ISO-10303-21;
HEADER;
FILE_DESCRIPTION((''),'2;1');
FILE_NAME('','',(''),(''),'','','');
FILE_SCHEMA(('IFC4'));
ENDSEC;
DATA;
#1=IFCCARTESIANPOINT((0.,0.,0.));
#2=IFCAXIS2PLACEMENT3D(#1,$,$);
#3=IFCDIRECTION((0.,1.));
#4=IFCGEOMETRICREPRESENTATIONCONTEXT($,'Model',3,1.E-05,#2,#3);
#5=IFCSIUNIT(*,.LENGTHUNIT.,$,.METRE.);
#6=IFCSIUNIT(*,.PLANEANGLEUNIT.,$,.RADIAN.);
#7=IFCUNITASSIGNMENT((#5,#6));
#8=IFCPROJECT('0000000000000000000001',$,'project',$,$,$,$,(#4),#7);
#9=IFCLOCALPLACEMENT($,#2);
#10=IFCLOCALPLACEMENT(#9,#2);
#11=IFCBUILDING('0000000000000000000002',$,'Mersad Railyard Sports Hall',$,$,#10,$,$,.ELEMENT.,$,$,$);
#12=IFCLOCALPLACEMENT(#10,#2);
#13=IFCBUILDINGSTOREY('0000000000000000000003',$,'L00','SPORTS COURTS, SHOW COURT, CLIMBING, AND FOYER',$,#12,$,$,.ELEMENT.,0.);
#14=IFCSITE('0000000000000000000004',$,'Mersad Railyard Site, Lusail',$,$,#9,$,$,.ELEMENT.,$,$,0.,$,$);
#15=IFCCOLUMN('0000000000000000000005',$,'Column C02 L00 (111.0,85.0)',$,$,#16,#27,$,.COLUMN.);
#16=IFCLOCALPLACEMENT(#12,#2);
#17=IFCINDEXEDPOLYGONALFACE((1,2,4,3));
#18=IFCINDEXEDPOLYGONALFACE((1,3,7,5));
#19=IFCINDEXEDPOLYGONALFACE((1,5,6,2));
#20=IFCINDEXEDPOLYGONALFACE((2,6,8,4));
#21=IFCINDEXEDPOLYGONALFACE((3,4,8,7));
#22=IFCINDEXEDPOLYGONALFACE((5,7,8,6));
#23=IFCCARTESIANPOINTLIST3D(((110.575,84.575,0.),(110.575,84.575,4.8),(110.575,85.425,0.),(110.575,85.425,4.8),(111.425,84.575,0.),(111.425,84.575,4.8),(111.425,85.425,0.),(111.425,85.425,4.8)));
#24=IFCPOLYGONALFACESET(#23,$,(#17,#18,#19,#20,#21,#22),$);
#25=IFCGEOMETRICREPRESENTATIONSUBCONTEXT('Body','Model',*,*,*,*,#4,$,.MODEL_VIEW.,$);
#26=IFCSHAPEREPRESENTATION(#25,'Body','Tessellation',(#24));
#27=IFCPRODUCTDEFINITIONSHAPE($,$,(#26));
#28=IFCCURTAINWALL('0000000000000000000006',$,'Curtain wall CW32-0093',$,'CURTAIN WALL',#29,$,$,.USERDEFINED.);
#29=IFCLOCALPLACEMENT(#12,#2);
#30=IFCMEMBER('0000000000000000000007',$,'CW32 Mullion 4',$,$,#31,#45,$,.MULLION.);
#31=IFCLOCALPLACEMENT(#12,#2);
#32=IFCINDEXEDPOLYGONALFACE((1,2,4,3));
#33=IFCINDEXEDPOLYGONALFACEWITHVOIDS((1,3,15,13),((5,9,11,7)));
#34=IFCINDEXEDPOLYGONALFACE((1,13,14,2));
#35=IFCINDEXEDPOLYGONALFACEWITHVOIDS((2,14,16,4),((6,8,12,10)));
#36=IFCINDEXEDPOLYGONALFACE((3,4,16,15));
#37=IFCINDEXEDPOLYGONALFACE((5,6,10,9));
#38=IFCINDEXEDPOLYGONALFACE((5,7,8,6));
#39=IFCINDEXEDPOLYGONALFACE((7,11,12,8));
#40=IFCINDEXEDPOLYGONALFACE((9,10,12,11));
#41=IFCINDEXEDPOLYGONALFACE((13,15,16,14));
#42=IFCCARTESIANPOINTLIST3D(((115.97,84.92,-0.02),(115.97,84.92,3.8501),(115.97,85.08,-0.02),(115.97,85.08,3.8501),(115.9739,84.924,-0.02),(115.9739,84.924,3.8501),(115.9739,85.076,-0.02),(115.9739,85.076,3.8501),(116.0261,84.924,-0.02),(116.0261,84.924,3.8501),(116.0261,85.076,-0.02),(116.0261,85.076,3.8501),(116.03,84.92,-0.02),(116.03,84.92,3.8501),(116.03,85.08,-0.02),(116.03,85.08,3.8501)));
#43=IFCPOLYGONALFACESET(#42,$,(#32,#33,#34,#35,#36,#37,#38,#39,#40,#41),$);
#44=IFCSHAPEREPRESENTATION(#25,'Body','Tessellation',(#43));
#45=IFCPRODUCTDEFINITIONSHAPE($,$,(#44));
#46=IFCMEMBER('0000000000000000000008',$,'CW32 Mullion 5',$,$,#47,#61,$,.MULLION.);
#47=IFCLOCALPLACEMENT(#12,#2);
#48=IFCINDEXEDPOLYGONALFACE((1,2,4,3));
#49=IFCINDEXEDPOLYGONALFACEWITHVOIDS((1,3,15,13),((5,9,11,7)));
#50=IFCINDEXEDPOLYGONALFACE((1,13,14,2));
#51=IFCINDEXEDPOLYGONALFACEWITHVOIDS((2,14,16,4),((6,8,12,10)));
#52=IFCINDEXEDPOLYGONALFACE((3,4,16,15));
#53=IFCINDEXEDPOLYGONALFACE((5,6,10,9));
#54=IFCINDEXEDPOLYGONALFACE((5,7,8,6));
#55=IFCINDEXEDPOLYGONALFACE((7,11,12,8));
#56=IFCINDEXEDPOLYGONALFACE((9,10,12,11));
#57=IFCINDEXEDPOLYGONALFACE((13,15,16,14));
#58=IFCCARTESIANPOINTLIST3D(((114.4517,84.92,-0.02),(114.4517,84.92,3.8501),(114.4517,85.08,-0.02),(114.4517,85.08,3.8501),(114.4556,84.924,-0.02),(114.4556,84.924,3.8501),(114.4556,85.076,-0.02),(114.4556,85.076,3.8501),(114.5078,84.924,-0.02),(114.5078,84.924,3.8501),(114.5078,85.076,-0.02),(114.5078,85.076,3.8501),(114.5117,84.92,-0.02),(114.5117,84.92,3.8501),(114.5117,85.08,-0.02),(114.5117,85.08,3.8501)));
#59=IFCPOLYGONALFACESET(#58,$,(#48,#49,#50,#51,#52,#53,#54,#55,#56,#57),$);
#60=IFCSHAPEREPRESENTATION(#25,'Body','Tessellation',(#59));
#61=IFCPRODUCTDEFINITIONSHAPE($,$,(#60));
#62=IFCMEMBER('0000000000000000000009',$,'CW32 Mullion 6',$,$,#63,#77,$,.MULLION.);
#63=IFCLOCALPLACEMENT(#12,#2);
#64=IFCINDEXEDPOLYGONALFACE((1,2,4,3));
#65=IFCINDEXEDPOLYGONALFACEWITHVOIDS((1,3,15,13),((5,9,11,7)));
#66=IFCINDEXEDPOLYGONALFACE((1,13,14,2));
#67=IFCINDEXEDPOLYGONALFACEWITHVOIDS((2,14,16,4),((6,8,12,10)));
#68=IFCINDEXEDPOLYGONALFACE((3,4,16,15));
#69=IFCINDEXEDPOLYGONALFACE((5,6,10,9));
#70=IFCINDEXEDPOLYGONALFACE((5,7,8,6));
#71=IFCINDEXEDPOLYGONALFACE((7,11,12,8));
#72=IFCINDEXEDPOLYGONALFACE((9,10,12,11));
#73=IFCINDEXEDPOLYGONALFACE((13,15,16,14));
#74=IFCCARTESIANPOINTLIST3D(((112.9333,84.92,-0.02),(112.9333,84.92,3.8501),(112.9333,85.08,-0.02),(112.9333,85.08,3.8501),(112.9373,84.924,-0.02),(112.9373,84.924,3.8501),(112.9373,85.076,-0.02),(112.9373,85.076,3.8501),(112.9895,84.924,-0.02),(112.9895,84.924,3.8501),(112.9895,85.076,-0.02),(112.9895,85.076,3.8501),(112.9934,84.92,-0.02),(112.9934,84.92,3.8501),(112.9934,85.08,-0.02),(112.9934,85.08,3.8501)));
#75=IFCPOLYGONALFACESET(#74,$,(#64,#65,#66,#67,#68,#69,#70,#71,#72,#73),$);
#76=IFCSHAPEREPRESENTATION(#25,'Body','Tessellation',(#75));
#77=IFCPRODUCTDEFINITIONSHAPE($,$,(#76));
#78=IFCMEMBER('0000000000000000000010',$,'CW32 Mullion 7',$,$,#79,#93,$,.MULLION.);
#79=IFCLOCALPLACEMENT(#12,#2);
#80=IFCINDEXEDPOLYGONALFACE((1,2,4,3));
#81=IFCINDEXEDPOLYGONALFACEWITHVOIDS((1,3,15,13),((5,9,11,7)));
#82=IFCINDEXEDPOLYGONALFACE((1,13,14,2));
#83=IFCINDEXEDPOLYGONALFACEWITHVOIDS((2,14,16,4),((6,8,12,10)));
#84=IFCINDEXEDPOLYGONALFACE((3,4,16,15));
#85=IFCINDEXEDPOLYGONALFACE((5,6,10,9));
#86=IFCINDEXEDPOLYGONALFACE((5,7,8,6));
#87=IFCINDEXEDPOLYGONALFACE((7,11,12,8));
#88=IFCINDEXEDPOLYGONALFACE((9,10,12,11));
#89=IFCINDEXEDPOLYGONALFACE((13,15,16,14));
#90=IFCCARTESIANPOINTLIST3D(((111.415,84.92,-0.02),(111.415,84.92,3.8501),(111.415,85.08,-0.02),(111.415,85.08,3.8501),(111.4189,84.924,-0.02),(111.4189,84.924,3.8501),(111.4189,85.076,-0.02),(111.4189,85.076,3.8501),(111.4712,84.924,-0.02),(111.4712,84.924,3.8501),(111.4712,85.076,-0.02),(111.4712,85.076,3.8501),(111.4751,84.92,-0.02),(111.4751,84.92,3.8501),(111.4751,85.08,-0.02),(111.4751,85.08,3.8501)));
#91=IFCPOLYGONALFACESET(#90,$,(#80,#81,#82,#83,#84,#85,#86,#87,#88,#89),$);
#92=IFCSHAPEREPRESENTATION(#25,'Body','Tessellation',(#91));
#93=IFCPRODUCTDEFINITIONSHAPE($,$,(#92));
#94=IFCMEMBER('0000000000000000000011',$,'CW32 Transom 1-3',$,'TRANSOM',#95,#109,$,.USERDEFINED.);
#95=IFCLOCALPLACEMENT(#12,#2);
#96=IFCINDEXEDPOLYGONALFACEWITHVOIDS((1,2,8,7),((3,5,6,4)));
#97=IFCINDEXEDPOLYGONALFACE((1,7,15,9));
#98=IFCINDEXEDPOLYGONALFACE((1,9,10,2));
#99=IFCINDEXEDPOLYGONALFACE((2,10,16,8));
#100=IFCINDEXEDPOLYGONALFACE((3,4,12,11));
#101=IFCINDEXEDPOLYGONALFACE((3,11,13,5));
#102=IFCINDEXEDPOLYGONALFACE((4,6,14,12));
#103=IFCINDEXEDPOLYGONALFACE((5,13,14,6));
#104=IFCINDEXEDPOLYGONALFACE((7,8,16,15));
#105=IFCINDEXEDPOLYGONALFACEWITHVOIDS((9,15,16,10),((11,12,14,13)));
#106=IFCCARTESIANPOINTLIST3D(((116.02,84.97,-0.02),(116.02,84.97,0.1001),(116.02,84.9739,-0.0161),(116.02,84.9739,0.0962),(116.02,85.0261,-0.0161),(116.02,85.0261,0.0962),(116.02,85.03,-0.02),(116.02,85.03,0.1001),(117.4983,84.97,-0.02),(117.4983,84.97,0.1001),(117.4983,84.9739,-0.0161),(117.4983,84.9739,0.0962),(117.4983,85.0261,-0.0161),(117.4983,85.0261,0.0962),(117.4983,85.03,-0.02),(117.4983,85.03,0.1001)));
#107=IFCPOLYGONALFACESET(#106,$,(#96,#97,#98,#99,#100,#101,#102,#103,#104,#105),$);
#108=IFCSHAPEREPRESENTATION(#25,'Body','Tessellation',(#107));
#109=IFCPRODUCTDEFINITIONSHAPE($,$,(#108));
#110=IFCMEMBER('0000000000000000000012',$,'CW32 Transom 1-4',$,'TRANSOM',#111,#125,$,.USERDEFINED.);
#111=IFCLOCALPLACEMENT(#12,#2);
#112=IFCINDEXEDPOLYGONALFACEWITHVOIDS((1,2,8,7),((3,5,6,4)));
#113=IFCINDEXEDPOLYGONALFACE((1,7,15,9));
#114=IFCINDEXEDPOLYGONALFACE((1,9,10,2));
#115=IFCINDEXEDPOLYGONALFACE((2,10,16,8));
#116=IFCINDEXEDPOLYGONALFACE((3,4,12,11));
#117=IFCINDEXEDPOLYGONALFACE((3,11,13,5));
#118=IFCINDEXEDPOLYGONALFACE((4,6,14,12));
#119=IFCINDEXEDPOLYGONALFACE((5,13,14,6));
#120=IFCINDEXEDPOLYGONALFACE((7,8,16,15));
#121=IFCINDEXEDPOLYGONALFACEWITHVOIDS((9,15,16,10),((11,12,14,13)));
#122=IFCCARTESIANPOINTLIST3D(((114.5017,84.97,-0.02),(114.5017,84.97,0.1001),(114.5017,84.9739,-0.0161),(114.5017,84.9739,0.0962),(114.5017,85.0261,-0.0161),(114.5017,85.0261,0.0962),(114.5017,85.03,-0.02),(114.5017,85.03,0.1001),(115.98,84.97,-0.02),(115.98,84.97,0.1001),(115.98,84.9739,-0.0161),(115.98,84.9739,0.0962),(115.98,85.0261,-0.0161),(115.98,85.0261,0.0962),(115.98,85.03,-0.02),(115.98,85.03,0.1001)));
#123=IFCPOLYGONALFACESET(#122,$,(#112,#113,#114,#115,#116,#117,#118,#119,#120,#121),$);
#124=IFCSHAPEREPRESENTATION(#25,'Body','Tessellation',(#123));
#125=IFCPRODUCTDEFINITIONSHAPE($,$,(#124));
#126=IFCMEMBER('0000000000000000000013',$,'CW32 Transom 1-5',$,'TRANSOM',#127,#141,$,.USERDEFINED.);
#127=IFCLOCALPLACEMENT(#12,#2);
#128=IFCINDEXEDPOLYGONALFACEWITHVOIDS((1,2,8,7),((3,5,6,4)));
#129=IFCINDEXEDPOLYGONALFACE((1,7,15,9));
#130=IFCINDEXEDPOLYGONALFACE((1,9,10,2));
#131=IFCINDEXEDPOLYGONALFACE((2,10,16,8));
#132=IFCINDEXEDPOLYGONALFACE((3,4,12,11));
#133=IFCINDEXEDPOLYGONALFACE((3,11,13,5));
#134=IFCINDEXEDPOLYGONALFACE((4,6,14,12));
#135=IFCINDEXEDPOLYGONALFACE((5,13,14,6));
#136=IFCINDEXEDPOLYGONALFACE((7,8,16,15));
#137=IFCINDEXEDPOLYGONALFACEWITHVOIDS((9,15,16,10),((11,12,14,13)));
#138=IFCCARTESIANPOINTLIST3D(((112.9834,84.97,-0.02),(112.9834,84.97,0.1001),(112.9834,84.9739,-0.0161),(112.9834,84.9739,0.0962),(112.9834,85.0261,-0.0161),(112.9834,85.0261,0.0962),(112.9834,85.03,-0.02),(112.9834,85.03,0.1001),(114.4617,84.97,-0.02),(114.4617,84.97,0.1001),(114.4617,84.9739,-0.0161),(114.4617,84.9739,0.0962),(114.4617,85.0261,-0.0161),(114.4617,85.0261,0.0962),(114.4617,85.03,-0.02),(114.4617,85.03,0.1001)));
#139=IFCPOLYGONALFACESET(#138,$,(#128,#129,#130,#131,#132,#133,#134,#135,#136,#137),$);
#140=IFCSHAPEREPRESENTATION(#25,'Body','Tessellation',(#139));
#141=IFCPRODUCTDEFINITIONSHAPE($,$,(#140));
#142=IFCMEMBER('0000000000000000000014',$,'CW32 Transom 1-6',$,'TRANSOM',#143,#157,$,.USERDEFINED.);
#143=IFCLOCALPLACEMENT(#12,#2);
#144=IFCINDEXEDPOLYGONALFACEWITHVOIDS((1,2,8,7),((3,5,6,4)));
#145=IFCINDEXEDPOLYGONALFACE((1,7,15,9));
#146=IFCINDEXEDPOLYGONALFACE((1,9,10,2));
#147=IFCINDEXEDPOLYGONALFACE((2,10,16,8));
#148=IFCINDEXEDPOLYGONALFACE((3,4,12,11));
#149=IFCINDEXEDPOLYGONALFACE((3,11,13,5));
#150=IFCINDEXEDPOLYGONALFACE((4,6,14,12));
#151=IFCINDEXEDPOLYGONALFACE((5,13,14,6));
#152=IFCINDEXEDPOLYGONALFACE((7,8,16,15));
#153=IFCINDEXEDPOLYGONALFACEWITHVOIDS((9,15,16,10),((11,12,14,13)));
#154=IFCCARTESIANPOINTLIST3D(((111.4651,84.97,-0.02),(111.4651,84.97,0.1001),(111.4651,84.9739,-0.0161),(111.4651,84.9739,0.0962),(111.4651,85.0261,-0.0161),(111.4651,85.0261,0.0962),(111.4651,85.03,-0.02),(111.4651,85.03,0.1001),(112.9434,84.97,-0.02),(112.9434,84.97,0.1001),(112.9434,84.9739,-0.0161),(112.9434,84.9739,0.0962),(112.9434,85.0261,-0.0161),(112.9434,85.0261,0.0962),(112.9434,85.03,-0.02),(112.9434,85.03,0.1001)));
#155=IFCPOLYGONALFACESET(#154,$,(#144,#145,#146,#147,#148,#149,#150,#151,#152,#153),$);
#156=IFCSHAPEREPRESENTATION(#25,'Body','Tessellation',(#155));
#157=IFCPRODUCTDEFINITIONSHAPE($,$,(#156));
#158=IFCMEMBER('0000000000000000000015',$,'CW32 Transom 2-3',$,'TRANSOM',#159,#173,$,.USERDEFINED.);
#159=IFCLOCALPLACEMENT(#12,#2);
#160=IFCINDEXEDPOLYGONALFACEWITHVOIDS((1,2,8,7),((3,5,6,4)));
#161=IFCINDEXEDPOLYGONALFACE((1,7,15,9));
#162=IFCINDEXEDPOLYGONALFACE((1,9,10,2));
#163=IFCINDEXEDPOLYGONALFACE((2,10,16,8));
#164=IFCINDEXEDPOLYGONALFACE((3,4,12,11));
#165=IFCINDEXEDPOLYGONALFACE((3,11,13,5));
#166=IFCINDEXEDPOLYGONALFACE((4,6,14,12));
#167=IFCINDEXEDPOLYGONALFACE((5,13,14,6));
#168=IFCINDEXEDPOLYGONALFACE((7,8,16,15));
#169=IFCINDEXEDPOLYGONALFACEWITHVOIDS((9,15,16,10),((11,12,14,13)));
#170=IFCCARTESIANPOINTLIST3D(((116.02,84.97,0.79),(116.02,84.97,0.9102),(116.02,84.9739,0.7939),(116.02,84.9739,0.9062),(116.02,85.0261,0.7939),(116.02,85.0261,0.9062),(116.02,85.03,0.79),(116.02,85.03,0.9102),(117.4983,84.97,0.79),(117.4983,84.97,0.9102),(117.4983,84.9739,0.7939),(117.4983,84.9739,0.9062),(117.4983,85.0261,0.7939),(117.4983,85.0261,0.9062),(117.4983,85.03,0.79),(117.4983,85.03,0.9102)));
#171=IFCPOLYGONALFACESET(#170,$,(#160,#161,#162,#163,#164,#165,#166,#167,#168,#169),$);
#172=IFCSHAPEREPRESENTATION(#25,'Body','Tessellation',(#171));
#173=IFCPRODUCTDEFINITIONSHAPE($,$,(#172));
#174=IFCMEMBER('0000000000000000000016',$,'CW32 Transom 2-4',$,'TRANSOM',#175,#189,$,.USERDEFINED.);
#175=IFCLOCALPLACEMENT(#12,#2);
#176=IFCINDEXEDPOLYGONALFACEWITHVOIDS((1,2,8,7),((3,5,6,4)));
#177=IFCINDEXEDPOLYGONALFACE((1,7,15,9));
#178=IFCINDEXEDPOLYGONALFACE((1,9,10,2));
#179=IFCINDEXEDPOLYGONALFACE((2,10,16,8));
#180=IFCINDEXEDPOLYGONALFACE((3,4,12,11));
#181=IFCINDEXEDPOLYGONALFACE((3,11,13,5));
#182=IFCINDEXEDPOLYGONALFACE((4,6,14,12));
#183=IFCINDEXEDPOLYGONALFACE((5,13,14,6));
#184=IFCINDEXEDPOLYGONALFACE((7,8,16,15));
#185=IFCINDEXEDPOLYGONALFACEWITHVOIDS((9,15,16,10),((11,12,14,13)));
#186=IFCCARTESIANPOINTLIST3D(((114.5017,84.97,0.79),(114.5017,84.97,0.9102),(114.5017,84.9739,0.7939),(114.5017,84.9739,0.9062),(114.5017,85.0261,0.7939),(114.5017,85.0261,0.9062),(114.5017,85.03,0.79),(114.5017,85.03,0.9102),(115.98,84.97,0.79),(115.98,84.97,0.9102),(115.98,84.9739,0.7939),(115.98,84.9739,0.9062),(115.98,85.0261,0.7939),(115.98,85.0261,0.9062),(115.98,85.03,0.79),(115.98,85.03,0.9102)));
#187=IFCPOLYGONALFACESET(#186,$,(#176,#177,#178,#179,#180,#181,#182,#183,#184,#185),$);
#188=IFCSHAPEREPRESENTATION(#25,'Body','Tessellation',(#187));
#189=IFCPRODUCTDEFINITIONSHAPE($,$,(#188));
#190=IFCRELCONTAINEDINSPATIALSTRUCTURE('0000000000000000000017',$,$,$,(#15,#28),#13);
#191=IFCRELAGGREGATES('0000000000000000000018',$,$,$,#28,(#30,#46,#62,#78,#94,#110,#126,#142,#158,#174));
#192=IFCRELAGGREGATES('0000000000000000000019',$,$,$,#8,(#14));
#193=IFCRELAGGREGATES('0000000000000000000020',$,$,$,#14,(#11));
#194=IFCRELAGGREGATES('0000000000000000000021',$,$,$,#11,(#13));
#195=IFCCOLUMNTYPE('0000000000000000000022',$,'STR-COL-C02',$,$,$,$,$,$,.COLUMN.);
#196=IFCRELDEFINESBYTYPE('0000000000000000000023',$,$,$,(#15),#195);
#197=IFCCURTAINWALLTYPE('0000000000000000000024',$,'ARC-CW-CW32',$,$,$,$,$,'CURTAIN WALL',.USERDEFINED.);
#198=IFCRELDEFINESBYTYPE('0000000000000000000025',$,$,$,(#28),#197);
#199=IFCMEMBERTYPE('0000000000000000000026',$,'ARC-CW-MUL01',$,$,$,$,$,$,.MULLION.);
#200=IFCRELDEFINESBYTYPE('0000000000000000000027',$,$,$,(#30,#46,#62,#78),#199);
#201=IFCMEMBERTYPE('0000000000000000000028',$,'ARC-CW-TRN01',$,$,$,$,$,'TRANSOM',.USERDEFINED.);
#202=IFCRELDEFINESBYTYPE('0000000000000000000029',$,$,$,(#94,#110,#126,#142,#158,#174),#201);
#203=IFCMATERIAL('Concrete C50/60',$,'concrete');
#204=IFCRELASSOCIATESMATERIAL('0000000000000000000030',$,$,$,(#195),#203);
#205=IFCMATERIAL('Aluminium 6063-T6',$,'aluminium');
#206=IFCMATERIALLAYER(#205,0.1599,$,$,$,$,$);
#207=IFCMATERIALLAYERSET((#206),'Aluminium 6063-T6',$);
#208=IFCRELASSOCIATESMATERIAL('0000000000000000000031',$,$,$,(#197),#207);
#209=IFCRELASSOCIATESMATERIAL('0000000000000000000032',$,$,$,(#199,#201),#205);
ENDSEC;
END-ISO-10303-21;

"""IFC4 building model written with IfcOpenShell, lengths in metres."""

from ifc_helpers import new_model, si_unit, direction, frame, origin, origin_2d, place, context, subcontext, project, spatial, rectangle, hollow_rectangle, extrude, material, layer, layer_set, material_profile, profile_set, type_object, element, aggregate, save


model = new_model("IFC4")

# Units and contexts
model_context = context("Model", 3, precision=1e-05, world=origin(), true_north=direction((0.0, 1.0)))
body_context = subcontext(model_context, "Body", "Model", "MODEL_VIEW")
ifc_project = project(units=[si_unit("LENGTHUNIT", "METRE"), si_unit("PLANEANGLEUNIT", "RADIAN")], contexts=[model_context])

# Site, building, storey
site_placement = place(None, origin())
site = spatial("IfcSite", under=ifc_project, at=site_placement, Name="Mersad Railyard Site, Lusail", CompositionType="ELEMENT", RefElevation=0.0)
building_placement = place(site_placement, origin())
building = spatial("IfcBuilding", under=site, at=building_placement, Name="Mersad Railyard Sports Hall", CompositionType="ELEMENT")
storey_placement = place(building_placement, origin())
storey = spatial("IfcBuildingStorey", under=building, at=storey_placement, Name="L00", Description="SPORTS COURTS, SHOW COURT, CLIMBING, AND FOYER", CompositionType="ELEMENT", Elevation=0.0)

# Column
ifc_material_1 = material(Name="Concrete C50/60", Category="concrete")
ifc_material_profile_1 = material_profile(ifc_material_1, rectangle(XDim=0.8501, YDim=0.8501, at=origin_2d()), Name="RC 850x850")
ifc_profile_set_1 = profile_set([ifc_material_profile_1], Name="Concrete C50/60")
column_type = type_object("IfcColumnType", Name="STR-COL-C02", PredefinedType="COLUMN", material=ifc_profile_set_1)
column_placement = place(storey_placement, frame((111.0, 85.0, 0.0), z_axis=(0.0, 0.0, 1.0), x_axis=(1.0, 0.0, 0.0)))
element("IfcColumn", 1, at=column_placement, inside=storey, type_object=column_type, Name="Column C02 L00 (111.0,85.0)", PredefinedType="COLUMN", context=body_context, shape_type="SweptSolid", body=[
    extrude(rectangle(XDim=0.8501, YDim=0.8501, at=origin_2d()), origin(), (0.0, 0.0, 1.0), 4.8),
])

# Curtain wall, members
ifc_material_2 = material(Name="Aluminium 6063-T6", Category="aluminium")
ifc_layer_1 = layer(ifc_material_2, 0.1599)
ifc_layer_set_1 = layer_set([ifc_layer_1], Name="Aluminium 6063-T6")
curtain_wall_type = type_object("IfcCurtainWallType", Name="ARC-CW-CW32", ElementType="CURTAIN WALL", PredefinedType="USERDEFINED", material=ifc_layer_set_1)
curtain_wall_placement = place(storey_placement, origin())
curtain_wall = element("IfcCurtainWall", 2, at=curtain_wall_placement, inside=storey, type_object=curtain_wall_type, Name="Curtain wall CW32-0093", ObjectType="CURTAIN WALL", PredefinedType="USERDEFINED")
ifc_material_profile_2 = material_profile(ifc_material_2, hollow_rectangle(XDim=0.0601, YDim=0.1599, WallThickness=0.0039, at=origin_2d()), Name="AL MULLION 60x160x4")
ifc_profile_set_2 = profile_set([ifc_material_profile_2], Name="Aluminium 6063-T6")
member_type_1 = type_object("IfcMemberType", Name="ARC-CW-MUL01", PredefinedType="MULLION", material=ifc_profile_set_2)
member_1_placement = place(storey_placement, frame((116.0, 85.0, -0.02), z_axis=(0.0, 0.0, 1.0), x_axis=(1.0, 0.0, 0.0)))
member_1 = element("IfcMember", 3, at=member_1_placement, type_object=member_type_1, Name="CW32 Mullion 4", PredefinedType="MULLION", context=body_context, shape_type="SweptSolid", body=[
    extrude(hollow_rectangle(XDim=0.0601, YDim=0.1599, WallThickness=0.0039, at=origin_2d()), origin(), (0.0, 0.0, 1.0), 3.8701),
])
member_2_placement = place(storey_placement, frame((114.4817, 85.0, -0.02), z_axis=(0.0, 0.0, 1.0), x_axis=(1.0, 0.0, 0.0)))
member_2 = element("IfcMember", 4, at=member_2_placement, type_object=member_type_1, Name="CW32 Mullion 5", PredefinedType="MULLION", context=body_context, shape_type="SweptSolid", body=[
    extrude(hollow_rectangle(XDim=0.0601, YDim=0.1599, WallThickness=0.0039, at=origin_2d()), origin(), (0.0, 0.0, 1.0), 3.8701),
])
member_3_placement = place(storey_placement, frame((112.9634, 85.0, -0.02), z_axis=(0.0, 0.0, 1.0), x_axis=(1.0, 0.0, 0.0)))
member_3 = element("IfcMember", 5, at=member_3_placement, type_object=member_type_1, Name="CW32 Mullion 6", PredefinedType="MULLION", context=body_context, shape_type="SweptSolid", body=[
    extrude(hollow_rectangle(XDim=0.0601, YDim=0.1599, WallThickness=0.0039, at=origin_2d()), origin(), (0.0, 0.0, 1.0), 3.8701),
])
member_4_placement = place(storey_placement, frame((111.4451, 85.0, -0.02), z_axis=(0.0, 0.0, 1.0), x_axis=(1.0, 0.0, 0.0)))
member_4 = element("IfcMember", 6, at=member_4_placement, type_object=member_type_1, Name="CW32 Mullion 7", PredefinedType="MULLION", context=body_context, shape_type="SweptSolid", body=[
    extrude(hollow_rectangle(XDim=0.0601, YDim=0.1599, WallThickness=0.0039, at=origin_2d()), origin(), (0.0, 0.0, 1.0), 3.8701),
])
ifc_material_profile_3 = material_profile(ifc_material_2, hollow_rectangle(XDim=0.0601, YDim=0.1201, WallThickness=0.0039, at=origin_2d()), Name="AL TRANSOM 60x120x4")
ifc_profile_set_3 = profile_set([ifc_material_profile_3], Name="Aluminium 6063-T6")
member_type_2 = type_object("IfcMemberType", Name="ARC-CW-TRN01", ElementType="TRANSOM", PredefinedType="USERDEFINED", material=ifc_profile_set_3)
member_5_placement = place(storey_placement, frame((117.4983, 85.0, 0.04), z_axis=(-1.0, 0.0, 0.0), x_axis=(0.0, -1.0, 0.0)))
member_5 = element("IfcMember", 7, at=member_5_placement, type_object=member_type_2, Name="CW32 Transom 1-3", ObjectType="TRANSOM", PredefinedType="USERDEFINED", context=body_context, shape_type="SweptSolid", body=[
    extrude(hollow_rectangle(XDim=0.0601, YDim=0.1201, WallThickness=0.0039, at=origin_2d()), origin(), (0.0, 0.0, 1.0), 1.4783),
])
member_6_placement = place(storey_placement, frame((115.98, 85.0, 0.04), z_axis=(-1.0, 0.0, 0.0), x_axis=(0.0, -1.0, 0.0)))
member_6 = element("IfcMember", 8, at=member_6_placement, type_object=member_type_2, Name="CW32 Transom 1-4", ObjectType="TRANSOM", PredefinedType="USERDEFINED", context=body_context, shape_type="SweptSolid", body=[
    extrude(hollow_rectangle(XDim=0.0601, YDim=0.1201, WallThickness=0.0039, at=origin_2d()), origin(), (0.0, 0.0, 1.0), 1.4783),
])
member_7_placement = place(storey_placement, frame((114.4617, 85.0, 0.04), z_axis=(-1.0, 0.0, 0.0), x_axis=(0.0, -1.0, 0.0)))
member_7 = element("IfcMember", 9, at=member_7_placement, type_object=member_type_2, Name="CW32 Transom 1-5", ObjectType="TRANSOM", PredefinedType="USERDEFINED", context=body_context, shape_type="SweptSolid", body=[
    extrude(hollow_rectangle(XDim=0.0601, YDim=0.1201, WallThickness=0.0039, at=origin_2d()), origin(), (0.0, 0.0, 1.0), 1.4783),
])
member_8_placement = place(storey_placement, frame((112.9434, 85.0, 0.04), z_axis=(-1.0, 0.0, 0.0), x_axis=(0.0, -1.0, 0.0)))
member_8 = element("IfcMember", 10, at=member_8_placement, type_object=member_type_2, Name="CW32 Transom 1-6", ObjectType="TRANSOM", PredefinedType="USERDEFINED", context=body_context, shape_type="SweptSolid", body=[
    extrude(hollow_rectangle(XDim=0.0601, YDim=0.1201, WallThickness=0.0039, at=origin_2d()), origin(), (0.0, 0.0, 1.0), 1.4783),
])
member_9_placement = place(storey_placement, frame((117.4983, 85.0, 0.8501), z_axis=(-1.0, 0.0, 0.0), x_axis=(0.0, -1.0, 0.0)))
member_9 = element("IfcMember", 11, at=member_9_placement, type_object=member_type_2, Name="CW32 Transom 2-3", ObjectType="TRANSOM", PredefinedType="USERDEFINED", context=body_context, shape_type="SweptSolid", body=[
    extrude(hollow_rectangle(XDim=0.0601, YDim=0.1201, WallThickness=0.0039, at=origin_2d()), origin(), (0.0, 0.0, 1.0), 1.4783),
])
member_10_placement = place(storey_placement, frame((115.98, 85.0, 0.8501), z_axis=(-1.0, 0.0, 0.0), x_axis=(0.0, -1.0, 0.0)))
member_10 = element("IfcMember", 12, at=member_10_placement, type_object=member_type_2, Name="CW32 Transom 2-4", ObjectType="TRANSOM", PredefinedType="USERDEFINED", context=body_context, shape_type="SweptSolid", body=[
    extrude(hollow_rectangle(XDim=0.0601, YDim=0.1201, WallThickness=0.0039, at=origin_2d()), origin(), (0.0, 0.0, 1.0), 1.4783),
])

aggregate(curtain_wall, [member_1, member_2, member_3, member_4, member_5, member_6, member_7, member_8, member_9, member_10])

save(model, "model.ifc")
